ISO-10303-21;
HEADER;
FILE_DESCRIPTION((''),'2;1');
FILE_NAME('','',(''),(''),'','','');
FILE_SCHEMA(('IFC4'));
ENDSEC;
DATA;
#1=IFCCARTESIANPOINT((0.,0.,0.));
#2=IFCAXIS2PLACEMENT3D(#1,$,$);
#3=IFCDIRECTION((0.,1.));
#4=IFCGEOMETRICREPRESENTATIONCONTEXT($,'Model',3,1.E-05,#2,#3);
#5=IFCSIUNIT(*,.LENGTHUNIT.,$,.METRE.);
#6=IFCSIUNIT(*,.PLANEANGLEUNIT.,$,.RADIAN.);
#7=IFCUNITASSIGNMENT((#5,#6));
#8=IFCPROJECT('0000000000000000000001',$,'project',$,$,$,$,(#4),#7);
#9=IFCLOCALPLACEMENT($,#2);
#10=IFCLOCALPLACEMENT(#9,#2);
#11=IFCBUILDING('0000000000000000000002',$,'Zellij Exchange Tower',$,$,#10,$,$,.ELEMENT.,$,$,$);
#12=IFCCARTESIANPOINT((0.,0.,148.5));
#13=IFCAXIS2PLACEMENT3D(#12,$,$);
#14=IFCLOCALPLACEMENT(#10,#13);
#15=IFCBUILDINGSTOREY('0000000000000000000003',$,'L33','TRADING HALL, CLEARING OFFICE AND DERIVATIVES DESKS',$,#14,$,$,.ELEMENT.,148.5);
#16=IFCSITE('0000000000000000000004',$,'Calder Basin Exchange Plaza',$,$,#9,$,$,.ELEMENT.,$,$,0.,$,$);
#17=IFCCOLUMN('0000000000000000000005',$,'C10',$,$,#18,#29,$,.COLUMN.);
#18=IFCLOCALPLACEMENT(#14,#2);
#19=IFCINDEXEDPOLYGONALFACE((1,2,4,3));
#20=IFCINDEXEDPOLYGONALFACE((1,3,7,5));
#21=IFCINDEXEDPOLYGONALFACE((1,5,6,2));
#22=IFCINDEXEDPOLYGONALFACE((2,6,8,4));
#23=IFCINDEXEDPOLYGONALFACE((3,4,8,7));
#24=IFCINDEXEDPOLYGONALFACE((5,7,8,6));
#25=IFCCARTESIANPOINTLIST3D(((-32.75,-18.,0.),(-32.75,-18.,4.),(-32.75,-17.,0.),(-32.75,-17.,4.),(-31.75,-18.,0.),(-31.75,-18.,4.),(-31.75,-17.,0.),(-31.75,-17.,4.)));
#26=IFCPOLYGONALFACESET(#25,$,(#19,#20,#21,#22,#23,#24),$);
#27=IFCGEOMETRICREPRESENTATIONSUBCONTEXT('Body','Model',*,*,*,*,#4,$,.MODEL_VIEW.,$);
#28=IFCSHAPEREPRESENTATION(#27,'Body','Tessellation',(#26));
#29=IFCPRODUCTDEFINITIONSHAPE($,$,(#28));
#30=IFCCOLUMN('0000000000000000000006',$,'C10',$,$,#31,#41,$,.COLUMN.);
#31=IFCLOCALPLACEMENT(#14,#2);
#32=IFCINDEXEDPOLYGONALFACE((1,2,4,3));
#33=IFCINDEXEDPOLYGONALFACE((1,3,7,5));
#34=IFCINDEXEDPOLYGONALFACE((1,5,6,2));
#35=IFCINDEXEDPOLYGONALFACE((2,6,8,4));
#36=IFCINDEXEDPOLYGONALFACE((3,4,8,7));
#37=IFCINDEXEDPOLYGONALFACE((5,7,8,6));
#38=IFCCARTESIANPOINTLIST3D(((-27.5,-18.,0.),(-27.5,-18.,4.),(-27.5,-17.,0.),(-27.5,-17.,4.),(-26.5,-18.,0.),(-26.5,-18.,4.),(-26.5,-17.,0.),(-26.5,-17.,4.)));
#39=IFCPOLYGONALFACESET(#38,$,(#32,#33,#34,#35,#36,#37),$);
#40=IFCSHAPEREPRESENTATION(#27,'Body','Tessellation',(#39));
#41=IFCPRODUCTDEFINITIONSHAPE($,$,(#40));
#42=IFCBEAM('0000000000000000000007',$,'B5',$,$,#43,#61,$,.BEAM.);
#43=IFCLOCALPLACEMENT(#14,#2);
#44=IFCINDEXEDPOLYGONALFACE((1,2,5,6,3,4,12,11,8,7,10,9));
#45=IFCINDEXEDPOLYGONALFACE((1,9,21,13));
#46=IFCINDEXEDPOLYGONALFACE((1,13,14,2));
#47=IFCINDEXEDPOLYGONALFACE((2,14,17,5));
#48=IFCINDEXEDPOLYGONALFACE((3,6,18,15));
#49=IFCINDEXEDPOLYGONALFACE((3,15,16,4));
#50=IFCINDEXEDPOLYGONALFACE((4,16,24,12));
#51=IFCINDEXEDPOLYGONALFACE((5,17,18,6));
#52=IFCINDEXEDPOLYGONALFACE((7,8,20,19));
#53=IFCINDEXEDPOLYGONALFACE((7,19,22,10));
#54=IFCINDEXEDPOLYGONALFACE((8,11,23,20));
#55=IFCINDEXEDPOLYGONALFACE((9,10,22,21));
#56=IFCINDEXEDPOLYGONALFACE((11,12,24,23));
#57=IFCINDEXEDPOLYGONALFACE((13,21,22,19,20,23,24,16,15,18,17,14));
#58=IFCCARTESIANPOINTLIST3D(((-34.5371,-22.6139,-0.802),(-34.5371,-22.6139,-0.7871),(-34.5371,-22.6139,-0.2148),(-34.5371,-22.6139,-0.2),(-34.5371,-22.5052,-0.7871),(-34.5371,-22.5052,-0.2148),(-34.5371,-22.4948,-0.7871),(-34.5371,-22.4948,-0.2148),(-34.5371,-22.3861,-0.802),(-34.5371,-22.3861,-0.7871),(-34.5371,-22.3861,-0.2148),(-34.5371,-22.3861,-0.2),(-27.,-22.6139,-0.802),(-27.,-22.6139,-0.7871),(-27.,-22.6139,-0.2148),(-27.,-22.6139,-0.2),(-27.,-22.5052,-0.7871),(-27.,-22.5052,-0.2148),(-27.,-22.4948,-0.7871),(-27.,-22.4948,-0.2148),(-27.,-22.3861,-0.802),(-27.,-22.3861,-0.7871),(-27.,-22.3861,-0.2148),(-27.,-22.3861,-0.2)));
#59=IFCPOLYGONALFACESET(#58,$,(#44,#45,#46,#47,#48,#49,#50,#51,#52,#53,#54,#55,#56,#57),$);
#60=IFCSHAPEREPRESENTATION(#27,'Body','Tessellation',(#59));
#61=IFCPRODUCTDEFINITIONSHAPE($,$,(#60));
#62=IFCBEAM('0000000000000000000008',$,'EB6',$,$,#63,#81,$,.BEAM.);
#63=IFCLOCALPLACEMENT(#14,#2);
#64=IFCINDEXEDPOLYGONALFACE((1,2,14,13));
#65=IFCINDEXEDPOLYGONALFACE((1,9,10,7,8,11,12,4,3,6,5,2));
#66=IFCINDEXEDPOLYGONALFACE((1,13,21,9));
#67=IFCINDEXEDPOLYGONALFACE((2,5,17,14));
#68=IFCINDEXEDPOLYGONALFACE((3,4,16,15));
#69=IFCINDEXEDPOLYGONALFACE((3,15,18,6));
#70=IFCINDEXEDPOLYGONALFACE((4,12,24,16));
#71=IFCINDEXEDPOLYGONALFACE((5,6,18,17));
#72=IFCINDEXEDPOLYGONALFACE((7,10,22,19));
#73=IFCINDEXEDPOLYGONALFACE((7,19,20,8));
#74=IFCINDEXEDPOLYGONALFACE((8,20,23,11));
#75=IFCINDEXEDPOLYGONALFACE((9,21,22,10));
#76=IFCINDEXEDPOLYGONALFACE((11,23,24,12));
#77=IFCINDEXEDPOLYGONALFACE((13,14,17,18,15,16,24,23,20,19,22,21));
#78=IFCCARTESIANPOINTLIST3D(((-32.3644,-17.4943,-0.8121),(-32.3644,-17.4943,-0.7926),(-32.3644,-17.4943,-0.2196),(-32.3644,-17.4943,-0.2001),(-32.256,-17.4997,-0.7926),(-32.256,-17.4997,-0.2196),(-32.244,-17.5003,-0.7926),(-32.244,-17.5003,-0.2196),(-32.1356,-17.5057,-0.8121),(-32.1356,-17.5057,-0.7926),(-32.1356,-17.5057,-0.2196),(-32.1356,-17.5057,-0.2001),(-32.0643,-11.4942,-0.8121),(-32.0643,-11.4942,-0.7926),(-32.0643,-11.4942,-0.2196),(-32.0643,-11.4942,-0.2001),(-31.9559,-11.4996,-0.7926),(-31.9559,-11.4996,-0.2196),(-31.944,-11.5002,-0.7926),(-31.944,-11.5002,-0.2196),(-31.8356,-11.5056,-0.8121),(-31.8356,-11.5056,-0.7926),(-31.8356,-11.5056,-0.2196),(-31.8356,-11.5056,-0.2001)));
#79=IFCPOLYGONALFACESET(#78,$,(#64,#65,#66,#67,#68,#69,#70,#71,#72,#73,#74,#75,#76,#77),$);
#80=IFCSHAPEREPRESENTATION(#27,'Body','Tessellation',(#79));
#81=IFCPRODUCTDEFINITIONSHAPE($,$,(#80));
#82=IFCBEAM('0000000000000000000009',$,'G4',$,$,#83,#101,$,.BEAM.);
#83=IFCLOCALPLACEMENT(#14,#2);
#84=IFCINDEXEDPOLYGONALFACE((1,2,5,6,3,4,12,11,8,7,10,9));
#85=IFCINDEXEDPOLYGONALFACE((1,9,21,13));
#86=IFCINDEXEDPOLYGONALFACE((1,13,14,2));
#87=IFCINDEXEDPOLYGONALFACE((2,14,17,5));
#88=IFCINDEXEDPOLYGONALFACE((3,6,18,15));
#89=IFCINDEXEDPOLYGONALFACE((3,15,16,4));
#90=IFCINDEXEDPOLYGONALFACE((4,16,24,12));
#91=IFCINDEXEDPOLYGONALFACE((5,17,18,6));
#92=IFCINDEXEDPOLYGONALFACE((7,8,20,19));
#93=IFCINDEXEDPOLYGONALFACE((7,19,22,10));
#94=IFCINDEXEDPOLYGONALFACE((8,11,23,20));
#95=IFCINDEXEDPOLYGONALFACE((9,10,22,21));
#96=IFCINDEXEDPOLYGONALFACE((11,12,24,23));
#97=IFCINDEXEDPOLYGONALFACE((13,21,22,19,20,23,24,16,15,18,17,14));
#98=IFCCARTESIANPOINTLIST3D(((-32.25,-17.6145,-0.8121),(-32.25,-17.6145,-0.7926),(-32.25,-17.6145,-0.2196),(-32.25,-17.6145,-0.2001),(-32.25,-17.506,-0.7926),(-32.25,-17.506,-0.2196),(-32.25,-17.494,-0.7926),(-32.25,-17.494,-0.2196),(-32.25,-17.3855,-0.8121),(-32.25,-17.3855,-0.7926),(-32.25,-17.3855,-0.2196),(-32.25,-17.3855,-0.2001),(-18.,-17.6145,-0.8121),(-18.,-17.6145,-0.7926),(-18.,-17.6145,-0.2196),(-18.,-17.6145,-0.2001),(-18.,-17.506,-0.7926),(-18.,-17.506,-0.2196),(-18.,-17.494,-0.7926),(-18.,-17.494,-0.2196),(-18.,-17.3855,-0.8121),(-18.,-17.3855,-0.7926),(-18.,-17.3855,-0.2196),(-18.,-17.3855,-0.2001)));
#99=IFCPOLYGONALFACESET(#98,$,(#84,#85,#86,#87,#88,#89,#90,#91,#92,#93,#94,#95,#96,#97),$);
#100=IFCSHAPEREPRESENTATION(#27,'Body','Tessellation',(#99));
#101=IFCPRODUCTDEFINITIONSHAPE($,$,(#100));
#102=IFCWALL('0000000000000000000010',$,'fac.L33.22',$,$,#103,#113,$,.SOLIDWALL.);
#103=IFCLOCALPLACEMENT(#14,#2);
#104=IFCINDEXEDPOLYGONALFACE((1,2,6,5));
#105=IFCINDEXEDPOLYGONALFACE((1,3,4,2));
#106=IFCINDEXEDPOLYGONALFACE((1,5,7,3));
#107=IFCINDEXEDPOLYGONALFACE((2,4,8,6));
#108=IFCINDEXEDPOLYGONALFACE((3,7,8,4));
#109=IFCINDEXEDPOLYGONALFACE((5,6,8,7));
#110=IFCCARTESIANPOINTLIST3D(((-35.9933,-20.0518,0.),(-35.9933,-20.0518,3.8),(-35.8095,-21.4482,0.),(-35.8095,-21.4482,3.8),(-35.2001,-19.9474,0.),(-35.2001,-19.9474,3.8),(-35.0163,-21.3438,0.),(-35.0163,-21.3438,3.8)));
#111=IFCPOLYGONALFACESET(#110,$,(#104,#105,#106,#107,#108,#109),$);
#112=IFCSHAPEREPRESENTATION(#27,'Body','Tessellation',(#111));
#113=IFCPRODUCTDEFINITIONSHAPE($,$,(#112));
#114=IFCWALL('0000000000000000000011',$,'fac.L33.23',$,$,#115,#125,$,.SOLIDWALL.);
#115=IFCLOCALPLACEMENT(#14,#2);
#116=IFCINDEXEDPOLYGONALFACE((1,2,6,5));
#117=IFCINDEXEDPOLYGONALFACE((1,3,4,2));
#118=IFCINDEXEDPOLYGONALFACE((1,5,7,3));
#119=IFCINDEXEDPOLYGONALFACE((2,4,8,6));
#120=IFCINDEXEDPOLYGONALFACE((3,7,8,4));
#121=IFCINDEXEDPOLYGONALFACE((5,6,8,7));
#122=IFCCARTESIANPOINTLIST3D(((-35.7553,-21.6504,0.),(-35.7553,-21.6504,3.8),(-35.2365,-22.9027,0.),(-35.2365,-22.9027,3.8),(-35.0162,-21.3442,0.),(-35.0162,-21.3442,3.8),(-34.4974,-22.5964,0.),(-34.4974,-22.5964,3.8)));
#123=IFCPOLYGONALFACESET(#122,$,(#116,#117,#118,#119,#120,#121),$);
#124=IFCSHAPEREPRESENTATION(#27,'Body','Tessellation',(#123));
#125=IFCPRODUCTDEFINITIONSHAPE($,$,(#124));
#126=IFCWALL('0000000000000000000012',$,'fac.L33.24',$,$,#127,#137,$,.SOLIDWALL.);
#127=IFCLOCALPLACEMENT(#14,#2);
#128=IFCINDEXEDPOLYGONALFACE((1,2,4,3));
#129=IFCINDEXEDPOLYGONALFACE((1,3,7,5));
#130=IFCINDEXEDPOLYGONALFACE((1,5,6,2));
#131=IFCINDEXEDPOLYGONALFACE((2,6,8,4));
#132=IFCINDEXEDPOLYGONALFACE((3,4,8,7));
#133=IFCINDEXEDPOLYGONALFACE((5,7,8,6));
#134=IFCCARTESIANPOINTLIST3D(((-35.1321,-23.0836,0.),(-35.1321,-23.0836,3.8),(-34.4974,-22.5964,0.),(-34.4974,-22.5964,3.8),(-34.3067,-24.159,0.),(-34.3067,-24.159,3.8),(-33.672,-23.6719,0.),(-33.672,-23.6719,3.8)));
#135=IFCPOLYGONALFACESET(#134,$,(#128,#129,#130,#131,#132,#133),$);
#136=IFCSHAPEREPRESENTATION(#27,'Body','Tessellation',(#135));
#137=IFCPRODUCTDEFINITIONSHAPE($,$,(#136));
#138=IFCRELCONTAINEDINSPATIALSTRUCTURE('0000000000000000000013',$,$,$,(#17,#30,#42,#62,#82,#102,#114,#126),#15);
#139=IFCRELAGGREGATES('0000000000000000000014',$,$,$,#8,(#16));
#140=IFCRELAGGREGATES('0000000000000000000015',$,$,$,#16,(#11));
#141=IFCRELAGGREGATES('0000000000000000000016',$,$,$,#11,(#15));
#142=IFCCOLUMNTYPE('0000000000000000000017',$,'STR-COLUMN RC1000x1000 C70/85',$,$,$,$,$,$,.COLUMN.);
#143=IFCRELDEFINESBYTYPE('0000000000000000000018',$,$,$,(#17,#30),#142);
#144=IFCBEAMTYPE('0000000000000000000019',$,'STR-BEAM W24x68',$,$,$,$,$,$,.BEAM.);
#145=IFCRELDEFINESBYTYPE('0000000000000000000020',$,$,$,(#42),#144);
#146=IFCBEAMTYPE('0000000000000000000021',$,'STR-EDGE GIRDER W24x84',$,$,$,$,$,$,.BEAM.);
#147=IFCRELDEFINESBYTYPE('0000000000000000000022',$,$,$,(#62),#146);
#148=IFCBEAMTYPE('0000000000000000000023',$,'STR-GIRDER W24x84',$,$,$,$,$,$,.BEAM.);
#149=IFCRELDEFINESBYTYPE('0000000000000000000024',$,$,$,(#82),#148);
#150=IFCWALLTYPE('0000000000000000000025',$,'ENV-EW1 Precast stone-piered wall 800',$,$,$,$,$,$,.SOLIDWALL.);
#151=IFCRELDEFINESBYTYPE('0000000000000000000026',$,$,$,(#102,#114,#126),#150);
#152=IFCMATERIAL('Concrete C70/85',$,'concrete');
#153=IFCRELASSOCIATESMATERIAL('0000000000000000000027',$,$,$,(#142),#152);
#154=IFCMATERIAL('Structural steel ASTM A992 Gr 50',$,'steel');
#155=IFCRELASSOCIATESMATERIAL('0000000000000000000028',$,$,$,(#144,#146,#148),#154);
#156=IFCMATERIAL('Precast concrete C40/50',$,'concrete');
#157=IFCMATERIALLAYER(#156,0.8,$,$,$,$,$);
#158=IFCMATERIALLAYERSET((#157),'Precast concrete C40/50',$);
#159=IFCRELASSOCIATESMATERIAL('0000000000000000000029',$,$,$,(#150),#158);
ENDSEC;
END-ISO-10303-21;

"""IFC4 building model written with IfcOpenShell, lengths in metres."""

from ifc_helpers import new_model, si_unit, direction, frame, frame_2d, origin, origin_2d, place, context, subcontext, project, spatial, rectangle, i_section, extrude, material, layer, layer_set, material_profile, profile_set, type_object, element, save


model = new_model("IFC4")

# Units and contexts
model_context = context("Model", 3, precision=1e-05, world=origin(), true_north=direction((0.0, 1.0)))
body_context = subcontext(model_context, "Body", "Model", "MODEL_VIEW")
ifc_project = project(units=[si_unit("LENGTHUNIT", "METRE"), si_unit("PLANEANGLEUNIT", "RADIAN")], contexts=[model_context])

# Site, building, storey
site_placement = place(None, origin())
site = spatial("IfcSite", under=ifc_project, at=site_placement, Name="Calder Basin Exchange Plaza", CompositionType="ELEMENT", RefElevation=0.0)
building_placement = place(site_placement, origin())
building = spatial("IfcBuilding", under=site, at=building_placement, Name="Zellij Exchange Tower", CompositionType="ELEMENT")
storey_placement = place(building_placement, frame((0.0, 0.0, 148.5)))
storey = spatial("IfcBuildingStorey", under=building, at=storey_placement, Name="L33", Description="TRADING HALL, CLEARING OFFICE AND DERIVATIVES DESKS", CompositionType="ELEMENT", Elevation=148.5)

# Columns
ifc_material_1 = material(Name="Concrete C70/85", Category="concrete")
ifc_material_profile_1 = material_profile(ifc_material_1, rectangle(XDim=1.0, YDim=1.0, at=origin_2d()), Name="STR-COLUMN RC1000x1000 C70/85")
ifc_profile_set_1 = profile_set([ifc_material_profile_1], Name="Concrete C70/85")
column_type = type_object("IfcColumnType", Name="STR-COLUMN RC1000x1000 C70/85", PredefinedType="COLUMN", material=ifc_profile_set_1)
for number, where, z_axis, x_axis, name in (
    (1, (-32.25, -17.5, 0.0), (0.0, 0.0, 1.0), (1.0, 0.0, 0.0), "C10"),
    (2, (-27.0, -17.5, 0.0), (0.0, 0.0, 1.0), (1.0, 0.0, 0.0), "C10"),
):
    element("IfcColumn", number, at=place(storey_placement, frame(where, z_axis=z_axis, x_axis=x_axis)), inside=storey, type_object=column_type, Name=name, PredefinedType="COLUMN", context=body_context, shape_type="SweptSolid", body=[
        extrude(rectangle(XDim=1.0, YDim=1.0, at=origin_2d()), origin(), (0.0, 0.0, 1.0), 4.0),
    ])

# Beams
ifc_material_2 = material(Name="Structural steel ASTM A992 Gr 50", Category="steel")
ifc_material_profile_2 = material_profile(ifc_material_2, i_section(OverallWidth=0.2278, OverallDepth=0.6021, WebThickness=0.0105, FlangeThickness=0.0149, at=origin_2d()), Name="W24x68")
ifc_profile_set_2 = profile_set([ifc_material_profile_2], Name="Structural steel ASTM A992 Gr 50")
beam_type_1 = type_object("IfcBeamType", Name="STR-BEAM W24x68", PredefinedType="BEAM", material=ifc_profile_set_2)
beam_1_placement = place(storey_placement, frame((-34.5371, -22.5, -0.501), z_axis=(1.0, 0.0, 0.0), x_axis=(0.0, 1.0, 0.0)))
element("IfcBeam", 3, at=beam_1_placement, inside=storey, type_object=beam_type_1, Name="B5", PredefinedType="BEAM", context=body_context, shape_type="SweptSolid", body=[
    extrude(i_section(OverallWidth=0.2278, OverallDepth=0.6021, WebThickness=0.0105, FlangeThickness=0.0149, at=origin_2d()), origin(), (0.0, 0.0, 1.0), 7.5371),
])
ifc_material_profile_3 = material_profile(ifc_material_2, i_section(OverallWidth=0.229, OverallDepth=0.6121, WebThickness=0.012, FlangeThickness=0.0195, at=origin_2d()), Name="W24x84")
ifc_profile_set_3 = profile_set([ifc_material_profile_3], Name="Structural steel ASTM A992 Gr 50")
beam_type_2 = type_object("IfcBeamType", Name="STR-EDGE GIRDER W24x84", PredefinedType="BEAM", material=ifc_profile_set_3)
beam_2_placement = place(storey_placement, frame((-32.25, -17.5, -0.5061), z_axis=(0.049946, 0.998752, 0.0), x_axis=(-0.998752, 0.049946, 0.0)))
element("IfcBeam", 4, at=beam_2_placement, inside=storey, type_object=beam_type_2, Name="EB6", PredefinedType="BEAM", context=body_context, shape_type="SweptSolid", body=[
    extrude(i_section(OverallWidth=0.229, OverallDepth=0.6121, WebThickness=0.012, FlangeThickness=0.0195, at=origin_2d()), origin(), (0.0, 0.0, 1.0), 6.0076),
])
ifc_material_profile_4 = material_profile(ifc_material_2, i_section(OverallWidth=0.229, OverallDepth=0.6121, WebThickness=0.012, FlangeThickness=0.0195, at=origin_2d()), Name="W24x84")
ifc_profile_set_4 = profile_set([ifc_material_profile_4], Name="Structural steel ASTM A992 Gr 50")
beam_type_3 = type_object("IfcBeamType", Name="STR-GIRDER W24x84", PredefinedType="BEAM", material=ifc_profile_set_4)
beam_3_placement = place(storey_placement, frame((-32.25, -17.5, -0.5061), z_axis=(1.0, 0.0, 0.0), x_axis=(0.0, 1.0, 0.0)))
element("IfcBeam", 5, at=beam_3_placement, inside=storey, type_object=beam_type_3, Name="G4", PredefinedType="BEAM", context=body_context, shape_type="SweptSolid", body=[
    extrude(i_section(OverallWidth=0.229, OverallDepth=0.6121, WebThickness=0.012, FlangeThickness=0.0195, at=origin_2d()), origin(), (0.0, 0.0, 1.0), 14.25),
])

# Walls
ifc_material_3 = material(Name="Precast concrete C40/50", Category="concrete")
ifc_layer_1 = layer(ifc_material_3, 0.8)
ifc_layer_set_1 = layer_set([ifc_layer_1], Name="Precast concrete C40/50")
wall_type_1 = type_object("IfcWallType", Name="ENV-EW1 Precast stone-piered wall 800", PredefinedType="SOLIDWALL", material=ifc_layer_set_1)
wall_1_placement = place(storey_placement, frame((-35.5967, -19.9998, 0.0), z_axis=(0.0, 0.0, 1.0), x_axis=(0.130517, -0.991446, 0.0)))
element("IfcWall", 6, at=wall_1_placement, inside=storey, type_object=wall_type_1, Name="fac.L33.22", PredefinedType="SOLIDWALL", context=body_context, shape_type="SweptSolid", body=[
    extrude(rectangle(XDim=1.4084, YDim=0.8, at=frame_2d((0.7041, 0.0))), origin(), (0.0, 0.0, 1.0), 3.8),
])
wall_2_placement = place(storey_placement, frame((-35.3857, -21.4973, 0.0), z_axis=(0.0, 0.0, 1.0), x_axis=(0.38276, -0.923848, 0.0)))
element("IfcWall", 7, at=wall_2_placement, inside=storey, type_object=wall_type_1, Name="fac.L33.23", PredefinedType="SOLIDWALL", context=body_context, shape_type="SweptSolid", body=[
    extrude(rectangle(XDim=1.3555, YDim=0.8, at=frame_2d((0.6777, 0.0))), origin(), (0.0, 0.0, 1.0), 3.8),
])
wall_3_placement = place(storey_placement, frame((-34.8147, -22.8401, 0.0), z_axis=(0.0, 0.0, 1.0), x_axis=(0.608866, -0.793273, 0.0)))
element("IfcWall", 8, at=wall_3_placement, inside=storey, type_object=wall_type_1, Name="fac.L33.24", PredefinedType="SOLIDWALL", context=body_context, shape_type="SweptSolid", body=[
    extrude(rectangle(XDim=1.3557, YDim=0.8, at=frame_2d((0.6777, 0.0))), origin(), (0.0, 0.0, 1.0), 3.8),
])

save(model, "model.ifc")
